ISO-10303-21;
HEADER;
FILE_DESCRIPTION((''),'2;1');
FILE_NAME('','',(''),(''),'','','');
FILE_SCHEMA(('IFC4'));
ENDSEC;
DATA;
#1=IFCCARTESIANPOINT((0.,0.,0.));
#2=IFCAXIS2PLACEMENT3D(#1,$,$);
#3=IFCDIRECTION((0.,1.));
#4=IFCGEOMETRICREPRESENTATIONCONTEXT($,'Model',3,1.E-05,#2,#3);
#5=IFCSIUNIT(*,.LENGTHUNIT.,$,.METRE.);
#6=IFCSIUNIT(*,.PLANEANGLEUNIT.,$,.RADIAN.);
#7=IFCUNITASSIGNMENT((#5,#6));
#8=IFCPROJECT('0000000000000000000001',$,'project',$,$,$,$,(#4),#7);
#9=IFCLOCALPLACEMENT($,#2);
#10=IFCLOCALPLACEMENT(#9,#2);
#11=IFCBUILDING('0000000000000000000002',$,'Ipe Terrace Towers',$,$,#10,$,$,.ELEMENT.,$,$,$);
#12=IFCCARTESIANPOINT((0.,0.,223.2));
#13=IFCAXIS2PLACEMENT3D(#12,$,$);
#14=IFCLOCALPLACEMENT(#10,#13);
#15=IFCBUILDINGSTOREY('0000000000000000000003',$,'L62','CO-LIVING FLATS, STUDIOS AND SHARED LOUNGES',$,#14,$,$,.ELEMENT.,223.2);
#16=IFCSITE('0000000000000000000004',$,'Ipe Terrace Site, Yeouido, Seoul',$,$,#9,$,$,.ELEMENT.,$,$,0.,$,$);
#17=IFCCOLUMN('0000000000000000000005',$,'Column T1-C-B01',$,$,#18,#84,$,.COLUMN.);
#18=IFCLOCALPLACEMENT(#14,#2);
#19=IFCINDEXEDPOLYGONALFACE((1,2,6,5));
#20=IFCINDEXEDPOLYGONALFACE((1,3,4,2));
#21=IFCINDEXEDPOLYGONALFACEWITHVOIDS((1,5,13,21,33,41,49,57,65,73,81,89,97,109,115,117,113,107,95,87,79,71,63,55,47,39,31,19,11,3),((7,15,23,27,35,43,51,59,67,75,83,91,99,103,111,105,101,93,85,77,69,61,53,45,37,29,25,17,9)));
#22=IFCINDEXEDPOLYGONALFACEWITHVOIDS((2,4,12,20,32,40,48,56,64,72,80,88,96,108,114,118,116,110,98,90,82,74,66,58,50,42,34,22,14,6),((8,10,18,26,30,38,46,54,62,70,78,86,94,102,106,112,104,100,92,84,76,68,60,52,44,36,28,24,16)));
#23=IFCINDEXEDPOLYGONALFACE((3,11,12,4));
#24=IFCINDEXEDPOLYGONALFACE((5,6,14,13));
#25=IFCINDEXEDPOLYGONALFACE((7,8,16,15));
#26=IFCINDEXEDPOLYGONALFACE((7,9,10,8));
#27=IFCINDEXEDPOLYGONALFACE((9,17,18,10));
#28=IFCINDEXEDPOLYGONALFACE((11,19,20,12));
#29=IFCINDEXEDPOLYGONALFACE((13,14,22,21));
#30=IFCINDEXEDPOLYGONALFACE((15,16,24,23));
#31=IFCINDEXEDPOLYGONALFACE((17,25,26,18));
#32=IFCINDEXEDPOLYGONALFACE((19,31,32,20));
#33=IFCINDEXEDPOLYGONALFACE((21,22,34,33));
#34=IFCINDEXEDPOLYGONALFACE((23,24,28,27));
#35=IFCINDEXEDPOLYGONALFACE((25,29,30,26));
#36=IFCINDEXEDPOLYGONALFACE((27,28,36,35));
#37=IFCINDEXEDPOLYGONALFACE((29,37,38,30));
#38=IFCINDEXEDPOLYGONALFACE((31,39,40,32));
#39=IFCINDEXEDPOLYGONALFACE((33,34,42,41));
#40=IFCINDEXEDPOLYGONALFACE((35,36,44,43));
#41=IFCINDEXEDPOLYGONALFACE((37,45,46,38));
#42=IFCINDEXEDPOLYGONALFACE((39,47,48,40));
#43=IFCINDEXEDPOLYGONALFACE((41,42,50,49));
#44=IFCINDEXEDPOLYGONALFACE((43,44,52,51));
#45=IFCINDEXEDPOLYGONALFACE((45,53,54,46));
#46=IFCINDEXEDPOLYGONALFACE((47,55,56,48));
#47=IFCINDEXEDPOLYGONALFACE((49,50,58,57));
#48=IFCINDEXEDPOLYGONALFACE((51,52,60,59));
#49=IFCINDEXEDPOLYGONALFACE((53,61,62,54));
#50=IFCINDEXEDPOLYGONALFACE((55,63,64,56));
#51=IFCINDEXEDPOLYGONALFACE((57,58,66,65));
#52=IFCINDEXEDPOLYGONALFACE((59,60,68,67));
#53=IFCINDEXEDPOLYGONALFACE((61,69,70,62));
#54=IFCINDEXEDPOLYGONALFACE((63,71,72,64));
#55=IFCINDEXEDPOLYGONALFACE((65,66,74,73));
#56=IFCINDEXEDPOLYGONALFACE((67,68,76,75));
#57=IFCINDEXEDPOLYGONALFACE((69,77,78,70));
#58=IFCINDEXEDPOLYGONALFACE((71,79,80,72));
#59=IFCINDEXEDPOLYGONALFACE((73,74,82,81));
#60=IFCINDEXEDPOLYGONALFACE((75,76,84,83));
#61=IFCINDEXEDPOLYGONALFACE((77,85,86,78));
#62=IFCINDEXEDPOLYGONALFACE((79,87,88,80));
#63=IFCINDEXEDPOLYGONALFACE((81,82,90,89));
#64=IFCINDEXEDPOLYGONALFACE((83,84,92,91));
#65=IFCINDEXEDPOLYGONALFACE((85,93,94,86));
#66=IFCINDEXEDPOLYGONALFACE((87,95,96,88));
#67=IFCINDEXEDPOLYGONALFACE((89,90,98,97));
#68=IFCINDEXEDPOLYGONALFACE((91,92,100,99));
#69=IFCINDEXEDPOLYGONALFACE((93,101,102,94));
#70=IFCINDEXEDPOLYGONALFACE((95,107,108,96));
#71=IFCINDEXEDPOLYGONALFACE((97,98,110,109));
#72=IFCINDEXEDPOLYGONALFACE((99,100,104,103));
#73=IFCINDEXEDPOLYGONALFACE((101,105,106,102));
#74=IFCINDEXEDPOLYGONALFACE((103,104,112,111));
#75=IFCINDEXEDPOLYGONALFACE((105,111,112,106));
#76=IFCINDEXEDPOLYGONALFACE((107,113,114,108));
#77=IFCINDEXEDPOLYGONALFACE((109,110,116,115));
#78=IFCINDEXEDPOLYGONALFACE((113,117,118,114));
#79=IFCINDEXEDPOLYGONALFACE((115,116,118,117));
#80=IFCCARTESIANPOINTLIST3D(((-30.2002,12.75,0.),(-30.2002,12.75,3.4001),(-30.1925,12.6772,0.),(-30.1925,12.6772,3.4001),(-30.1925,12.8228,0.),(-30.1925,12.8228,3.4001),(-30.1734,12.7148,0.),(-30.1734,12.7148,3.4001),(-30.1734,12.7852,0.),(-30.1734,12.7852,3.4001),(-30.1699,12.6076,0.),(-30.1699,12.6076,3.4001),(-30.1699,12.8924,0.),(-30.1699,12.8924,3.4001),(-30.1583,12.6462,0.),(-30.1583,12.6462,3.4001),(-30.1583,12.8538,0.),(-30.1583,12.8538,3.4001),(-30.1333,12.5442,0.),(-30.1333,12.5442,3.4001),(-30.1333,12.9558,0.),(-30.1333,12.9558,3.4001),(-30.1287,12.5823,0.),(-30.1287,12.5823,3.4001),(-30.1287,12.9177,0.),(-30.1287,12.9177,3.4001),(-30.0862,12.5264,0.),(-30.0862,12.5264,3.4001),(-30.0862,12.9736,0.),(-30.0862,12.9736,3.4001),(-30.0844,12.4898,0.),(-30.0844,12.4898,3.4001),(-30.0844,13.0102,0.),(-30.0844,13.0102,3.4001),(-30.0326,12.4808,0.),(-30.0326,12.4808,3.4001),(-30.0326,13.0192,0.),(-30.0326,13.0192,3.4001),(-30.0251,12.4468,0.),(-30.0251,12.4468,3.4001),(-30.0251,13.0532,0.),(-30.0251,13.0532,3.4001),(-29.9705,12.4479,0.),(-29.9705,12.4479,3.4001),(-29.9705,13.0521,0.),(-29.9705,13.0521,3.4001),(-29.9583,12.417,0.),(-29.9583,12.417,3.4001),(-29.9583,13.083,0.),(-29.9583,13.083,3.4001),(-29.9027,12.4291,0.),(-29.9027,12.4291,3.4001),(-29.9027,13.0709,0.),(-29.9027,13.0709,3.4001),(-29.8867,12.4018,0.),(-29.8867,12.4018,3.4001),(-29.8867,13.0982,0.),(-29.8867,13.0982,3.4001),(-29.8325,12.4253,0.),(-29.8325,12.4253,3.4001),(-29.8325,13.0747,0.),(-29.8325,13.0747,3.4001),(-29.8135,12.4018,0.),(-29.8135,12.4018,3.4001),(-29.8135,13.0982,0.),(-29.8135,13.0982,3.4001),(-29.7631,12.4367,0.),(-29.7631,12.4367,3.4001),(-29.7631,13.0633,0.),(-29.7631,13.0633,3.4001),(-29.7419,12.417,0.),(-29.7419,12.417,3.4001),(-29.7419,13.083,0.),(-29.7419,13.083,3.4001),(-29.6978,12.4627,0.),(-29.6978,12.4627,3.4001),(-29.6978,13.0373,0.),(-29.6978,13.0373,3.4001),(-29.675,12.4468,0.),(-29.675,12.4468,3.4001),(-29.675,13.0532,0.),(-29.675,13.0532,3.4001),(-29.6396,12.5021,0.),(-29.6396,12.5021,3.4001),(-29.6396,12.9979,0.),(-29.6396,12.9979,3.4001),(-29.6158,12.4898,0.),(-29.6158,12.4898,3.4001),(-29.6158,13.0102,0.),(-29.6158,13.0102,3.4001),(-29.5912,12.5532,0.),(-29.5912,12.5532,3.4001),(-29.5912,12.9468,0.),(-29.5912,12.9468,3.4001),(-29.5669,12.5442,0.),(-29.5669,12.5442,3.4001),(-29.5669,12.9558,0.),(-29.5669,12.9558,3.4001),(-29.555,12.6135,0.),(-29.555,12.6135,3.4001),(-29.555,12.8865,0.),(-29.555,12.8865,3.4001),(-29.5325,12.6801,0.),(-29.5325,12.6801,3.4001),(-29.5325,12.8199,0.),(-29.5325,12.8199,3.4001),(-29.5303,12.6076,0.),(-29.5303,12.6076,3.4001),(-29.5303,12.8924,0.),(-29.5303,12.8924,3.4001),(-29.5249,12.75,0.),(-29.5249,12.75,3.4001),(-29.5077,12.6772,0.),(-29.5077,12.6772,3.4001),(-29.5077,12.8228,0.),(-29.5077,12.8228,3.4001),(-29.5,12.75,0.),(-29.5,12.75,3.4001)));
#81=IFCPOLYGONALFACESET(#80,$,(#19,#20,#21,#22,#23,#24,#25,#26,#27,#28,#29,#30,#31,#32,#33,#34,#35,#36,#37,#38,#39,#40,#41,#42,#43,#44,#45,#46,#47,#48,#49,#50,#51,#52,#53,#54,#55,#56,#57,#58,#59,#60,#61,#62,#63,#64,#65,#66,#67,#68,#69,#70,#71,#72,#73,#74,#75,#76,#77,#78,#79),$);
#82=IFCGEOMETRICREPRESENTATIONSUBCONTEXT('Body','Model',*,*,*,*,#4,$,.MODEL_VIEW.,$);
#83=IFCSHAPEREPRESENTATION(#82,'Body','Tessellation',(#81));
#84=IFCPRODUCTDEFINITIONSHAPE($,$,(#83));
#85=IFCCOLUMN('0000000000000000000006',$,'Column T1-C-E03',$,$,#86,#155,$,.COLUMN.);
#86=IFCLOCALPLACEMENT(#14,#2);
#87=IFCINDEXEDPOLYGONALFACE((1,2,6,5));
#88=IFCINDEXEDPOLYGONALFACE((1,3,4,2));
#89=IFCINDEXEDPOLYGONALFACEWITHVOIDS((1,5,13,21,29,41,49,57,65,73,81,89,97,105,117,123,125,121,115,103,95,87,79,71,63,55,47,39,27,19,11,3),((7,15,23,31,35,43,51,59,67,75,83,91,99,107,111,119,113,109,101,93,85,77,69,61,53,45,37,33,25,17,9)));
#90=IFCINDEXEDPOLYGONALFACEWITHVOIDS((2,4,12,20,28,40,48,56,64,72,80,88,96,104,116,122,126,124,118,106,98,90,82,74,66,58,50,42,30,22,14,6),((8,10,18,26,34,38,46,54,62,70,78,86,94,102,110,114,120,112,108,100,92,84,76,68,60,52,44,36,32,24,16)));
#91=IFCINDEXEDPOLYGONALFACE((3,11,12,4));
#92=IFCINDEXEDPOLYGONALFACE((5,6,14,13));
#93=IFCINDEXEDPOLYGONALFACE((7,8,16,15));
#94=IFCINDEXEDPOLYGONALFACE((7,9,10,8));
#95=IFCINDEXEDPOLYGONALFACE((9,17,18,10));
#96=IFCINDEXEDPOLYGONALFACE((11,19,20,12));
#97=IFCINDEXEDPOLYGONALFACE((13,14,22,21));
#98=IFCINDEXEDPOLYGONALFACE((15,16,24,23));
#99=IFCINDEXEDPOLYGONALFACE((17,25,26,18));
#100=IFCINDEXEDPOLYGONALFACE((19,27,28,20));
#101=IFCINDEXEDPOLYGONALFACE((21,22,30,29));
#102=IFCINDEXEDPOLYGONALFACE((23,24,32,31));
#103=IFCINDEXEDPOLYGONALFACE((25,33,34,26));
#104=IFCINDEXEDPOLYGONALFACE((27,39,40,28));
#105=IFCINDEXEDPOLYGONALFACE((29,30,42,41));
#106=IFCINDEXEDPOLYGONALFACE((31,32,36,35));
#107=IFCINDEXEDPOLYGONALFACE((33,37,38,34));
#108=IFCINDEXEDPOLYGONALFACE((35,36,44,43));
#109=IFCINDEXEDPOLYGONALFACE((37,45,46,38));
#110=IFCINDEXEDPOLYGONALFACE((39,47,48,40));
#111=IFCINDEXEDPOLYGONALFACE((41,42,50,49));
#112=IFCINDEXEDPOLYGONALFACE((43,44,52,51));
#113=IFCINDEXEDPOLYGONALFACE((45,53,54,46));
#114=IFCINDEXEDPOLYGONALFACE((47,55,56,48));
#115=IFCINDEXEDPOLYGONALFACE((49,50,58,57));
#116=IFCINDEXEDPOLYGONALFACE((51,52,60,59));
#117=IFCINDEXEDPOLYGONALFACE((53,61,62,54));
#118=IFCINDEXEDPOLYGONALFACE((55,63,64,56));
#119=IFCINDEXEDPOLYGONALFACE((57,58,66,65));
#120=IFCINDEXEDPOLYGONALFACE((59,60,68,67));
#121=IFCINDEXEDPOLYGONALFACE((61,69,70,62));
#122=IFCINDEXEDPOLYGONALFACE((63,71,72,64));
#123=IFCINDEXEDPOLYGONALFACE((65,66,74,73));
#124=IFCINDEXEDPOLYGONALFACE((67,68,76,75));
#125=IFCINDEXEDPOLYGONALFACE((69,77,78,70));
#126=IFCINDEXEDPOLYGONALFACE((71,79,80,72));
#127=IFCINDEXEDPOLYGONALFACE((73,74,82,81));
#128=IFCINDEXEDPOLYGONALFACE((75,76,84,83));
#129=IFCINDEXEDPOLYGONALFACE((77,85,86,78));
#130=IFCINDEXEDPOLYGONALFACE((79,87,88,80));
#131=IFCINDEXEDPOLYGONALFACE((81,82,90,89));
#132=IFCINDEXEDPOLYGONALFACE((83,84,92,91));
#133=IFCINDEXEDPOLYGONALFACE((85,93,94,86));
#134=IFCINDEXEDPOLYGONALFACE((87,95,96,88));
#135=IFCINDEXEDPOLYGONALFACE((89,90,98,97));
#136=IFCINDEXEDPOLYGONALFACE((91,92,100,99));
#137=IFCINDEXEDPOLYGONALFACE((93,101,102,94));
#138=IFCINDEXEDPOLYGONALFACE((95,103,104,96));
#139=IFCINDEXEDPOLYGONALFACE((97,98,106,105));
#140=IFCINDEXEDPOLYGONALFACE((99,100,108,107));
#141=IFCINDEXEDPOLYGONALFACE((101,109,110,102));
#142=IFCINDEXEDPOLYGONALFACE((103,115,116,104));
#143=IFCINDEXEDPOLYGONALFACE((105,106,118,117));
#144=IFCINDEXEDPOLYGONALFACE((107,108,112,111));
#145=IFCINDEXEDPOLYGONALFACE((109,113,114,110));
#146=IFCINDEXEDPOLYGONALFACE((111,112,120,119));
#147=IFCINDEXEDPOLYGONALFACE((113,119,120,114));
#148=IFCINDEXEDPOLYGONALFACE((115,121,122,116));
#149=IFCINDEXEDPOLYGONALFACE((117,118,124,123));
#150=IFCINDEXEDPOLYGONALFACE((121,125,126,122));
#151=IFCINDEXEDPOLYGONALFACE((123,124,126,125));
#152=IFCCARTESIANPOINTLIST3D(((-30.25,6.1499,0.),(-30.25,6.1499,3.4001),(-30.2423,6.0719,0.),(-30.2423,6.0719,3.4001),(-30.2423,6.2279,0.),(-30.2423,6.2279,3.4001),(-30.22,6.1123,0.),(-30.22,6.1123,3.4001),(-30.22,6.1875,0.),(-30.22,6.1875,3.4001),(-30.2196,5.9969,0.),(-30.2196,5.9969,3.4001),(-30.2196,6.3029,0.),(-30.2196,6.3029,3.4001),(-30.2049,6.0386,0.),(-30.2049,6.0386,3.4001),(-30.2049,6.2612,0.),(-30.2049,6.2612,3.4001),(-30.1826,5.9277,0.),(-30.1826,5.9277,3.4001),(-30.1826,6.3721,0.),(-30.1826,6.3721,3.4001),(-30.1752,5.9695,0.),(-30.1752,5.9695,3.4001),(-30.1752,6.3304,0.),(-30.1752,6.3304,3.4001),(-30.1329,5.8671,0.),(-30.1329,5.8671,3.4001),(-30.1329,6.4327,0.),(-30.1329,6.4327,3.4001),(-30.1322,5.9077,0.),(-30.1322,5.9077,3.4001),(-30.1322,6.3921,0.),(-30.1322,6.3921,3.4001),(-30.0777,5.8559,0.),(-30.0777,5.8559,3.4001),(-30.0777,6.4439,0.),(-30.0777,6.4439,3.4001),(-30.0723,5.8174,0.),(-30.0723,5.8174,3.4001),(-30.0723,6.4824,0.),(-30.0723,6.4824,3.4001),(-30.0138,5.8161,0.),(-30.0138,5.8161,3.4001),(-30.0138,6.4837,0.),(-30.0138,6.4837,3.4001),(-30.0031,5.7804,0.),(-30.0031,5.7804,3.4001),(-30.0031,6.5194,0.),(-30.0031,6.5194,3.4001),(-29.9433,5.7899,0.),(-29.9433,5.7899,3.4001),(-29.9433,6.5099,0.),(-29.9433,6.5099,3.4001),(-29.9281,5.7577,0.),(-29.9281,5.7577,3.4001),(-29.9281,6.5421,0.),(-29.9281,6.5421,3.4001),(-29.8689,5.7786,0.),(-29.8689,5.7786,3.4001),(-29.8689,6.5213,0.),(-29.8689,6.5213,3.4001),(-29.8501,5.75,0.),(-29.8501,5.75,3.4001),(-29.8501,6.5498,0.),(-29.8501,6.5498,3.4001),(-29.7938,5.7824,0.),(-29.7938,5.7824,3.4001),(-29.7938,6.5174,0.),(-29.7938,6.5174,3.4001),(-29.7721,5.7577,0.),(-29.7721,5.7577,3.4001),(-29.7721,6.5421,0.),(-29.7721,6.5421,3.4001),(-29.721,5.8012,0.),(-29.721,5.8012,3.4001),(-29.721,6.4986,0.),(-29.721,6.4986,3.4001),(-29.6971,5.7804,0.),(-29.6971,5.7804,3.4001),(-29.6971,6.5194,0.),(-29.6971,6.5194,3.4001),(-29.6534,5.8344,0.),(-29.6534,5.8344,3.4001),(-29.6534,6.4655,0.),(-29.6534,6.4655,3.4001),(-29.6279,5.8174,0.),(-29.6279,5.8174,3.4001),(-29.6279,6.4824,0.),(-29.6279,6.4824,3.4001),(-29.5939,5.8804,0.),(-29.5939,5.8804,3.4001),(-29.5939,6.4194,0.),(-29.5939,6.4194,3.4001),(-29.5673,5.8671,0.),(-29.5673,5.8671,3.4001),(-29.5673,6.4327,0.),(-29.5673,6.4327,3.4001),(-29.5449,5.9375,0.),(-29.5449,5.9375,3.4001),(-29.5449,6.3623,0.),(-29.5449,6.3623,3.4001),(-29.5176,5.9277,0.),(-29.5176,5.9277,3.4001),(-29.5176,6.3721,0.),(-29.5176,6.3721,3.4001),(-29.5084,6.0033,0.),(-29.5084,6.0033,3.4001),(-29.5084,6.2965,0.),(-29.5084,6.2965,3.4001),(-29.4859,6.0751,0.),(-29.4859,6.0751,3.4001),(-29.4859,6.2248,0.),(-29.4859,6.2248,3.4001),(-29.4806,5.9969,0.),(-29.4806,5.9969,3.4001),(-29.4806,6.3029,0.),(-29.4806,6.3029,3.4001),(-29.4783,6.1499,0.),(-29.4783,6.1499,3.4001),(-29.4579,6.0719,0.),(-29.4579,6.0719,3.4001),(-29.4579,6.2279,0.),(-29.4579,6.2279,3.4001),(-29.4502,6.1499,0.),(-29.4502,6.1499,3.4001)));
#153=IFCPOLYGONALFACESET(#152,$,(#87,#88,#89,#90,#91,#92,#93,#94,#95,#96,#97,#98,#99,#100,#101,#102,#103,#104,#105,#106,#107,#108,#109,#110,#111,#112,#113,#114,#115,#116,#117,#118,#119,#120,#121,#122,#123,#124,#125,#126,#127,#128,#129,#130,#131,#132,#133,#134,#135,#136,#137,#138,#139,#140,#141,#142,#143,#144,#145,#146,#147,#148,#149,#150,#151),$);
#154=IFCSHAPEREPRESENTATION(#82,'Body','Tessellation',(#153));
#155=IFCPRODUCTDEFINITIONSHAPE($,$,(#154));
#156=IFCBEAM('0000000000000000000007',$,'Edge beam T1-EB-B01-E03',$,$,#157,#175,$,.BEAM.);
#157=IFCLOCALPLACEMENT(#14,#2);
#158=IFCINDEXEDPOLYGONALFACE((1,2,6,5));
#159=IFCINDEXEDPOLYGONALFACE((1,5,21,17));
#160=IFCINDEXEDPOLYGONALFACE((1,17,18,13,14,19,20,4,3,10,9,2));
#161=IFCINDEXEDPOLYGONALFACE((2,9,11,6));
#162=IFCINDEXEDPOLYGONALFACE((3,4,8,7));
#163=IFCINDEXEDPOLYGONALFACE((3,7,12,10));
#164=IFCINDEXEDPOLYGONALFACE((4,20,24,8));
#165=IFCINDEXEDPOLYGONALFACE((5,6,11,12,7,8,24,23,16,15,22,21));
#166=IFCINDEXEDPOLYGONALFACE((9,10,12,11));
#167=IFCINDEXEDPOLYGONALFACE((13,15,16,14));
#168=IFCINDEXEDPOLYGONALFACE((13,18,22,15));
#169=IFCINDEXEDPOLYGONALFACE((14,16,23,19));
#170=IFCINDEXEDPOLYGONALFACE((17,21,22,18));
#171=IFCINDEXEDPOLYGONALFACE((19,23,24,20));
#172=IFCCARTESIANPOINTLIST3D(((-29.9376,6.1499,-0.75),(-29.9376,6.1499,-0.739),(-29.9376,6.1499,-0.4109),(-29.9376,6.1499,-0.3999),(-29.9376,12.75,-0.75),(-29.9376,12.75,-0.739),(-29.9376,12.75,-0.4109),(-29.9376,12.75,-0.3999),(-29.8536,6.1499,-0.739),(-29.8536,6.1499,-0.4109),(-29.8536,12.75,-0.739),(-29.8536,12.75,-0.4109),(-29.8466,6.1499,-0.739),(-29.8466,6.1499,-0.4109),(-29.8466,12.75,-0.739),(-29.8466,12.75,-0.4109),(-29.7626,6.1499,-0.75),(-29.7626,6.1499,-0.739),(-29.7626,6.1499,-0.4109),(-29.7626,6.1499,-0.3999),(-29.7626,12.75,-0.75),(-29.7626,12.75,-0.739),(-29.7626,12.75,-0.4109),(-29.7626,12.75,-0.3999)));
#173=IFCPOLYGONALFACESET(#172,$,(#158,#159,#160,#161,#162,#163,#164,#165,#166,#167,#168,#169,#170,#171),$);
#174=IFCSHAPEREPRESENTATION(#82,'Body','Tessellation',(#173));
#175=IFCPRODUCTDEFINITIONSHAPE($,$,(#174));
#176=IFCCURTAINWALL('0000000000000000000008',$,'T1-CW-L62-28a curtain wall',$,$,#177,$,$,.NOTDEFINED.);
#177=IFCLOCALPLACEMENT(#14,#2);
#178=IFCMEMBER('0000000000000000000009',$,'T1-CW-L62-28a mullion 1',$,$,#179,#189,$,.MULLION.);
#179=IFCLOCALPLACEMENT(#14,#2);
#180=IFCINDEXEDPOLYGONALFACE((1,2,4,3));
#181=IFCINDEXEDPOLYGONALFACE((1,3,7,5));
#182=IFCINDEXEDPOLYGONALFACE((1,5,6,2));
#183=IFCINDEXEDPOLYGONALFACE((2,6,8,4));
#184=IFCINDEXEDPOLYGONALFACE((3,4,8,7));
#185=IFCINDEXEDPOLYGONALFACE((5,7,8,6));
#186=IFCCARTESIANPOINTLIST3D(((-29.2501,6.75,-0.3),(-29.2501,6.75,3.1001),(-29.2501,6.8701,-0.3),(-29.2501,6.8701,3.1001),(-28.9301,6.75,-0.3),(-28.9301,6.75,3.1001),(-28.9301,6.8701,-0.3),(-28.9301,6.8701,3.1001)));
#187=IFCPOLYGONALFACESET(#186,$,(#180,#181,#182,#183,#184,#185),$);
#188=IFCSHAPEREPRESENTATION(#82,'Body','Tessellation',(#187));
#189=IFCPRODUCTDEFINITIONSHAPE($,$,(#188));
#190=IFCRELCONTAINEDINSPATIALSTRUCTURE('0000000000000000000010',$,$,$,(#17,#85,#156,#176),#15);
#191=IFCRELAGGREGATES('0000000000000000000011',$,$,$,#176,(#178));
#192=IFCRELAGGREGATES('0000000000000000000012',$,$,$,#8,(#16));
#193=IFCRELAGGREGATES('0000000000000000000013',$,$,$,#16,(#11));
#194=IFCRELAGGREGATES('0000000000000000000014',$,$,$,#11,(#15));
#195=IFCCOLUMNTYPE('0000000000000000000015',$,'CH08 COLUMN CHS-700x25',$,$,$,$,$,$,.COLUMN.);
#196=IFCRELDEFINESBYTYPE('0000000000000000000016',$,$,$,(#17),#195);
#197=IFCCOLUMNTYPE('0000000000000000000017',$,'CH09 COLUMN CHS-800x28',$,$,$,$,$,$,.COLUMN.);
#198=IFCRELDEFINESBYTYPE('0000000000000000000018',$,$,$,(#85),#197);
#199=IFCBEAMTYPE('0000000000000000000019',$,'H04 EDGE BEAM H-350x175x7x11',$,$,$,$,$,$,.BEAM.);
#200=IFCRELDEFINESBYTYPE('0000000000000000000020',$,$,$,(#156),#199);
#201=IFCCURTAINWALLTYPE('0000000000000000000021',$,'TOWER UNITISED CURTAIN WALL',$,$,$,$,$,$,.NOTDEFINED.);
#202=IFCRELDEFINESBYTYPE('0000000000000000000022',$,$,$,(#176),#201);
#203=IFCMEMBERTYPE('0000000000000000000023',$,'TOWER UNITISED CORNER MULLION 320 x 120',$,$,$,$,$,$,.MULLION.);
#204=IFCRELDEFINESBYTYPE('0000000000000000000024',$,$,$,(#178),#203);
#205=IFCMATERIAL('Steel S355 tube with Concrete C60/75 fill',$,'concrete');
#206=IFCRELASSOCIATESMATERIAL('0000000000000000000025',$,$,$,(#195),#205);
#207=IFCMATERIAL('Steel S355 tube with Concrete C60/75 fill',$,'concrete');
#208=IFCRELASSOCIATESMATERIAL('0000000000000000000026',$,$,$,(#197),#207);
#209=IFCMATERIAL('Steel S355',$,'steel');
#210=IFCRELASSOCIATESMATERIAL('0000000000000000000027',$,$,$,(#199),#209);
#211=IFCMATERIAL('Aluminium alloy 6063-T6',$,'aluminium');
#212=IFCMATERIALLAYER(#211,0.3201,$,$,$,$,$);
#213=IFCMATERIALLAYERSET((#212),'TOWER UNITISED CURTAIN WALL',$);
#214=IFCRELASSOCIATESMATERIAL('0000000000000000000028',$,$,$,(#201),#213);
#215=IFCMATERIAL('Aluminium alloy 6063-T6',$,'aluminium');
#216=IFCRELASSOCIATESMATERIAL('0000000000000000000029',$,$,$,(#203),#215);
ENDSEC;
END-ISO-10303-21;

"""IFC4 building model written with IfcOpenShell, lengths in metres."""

from ifc_helpers import new_model, si_unit, direction, frame, origin, origin_2d, place, context, subcontext, project, spatial, rectangle, hollow_circle, i_section, extrude, material, layer, layer_set, material_profile, profile_set, type_object, element, aggregate, save


model = new_model("IFC4")

# Units and contexts
model_context = context("Model", 3, precision=1e-05, world=origin(), true_north=direction((0.0, 1.0)))
body_context = subcontext(model_context, "Body", "Model", "MODEL_VIEW")
ifc_project = project(units=[si_unit("LENGTHUNIT", "METRE"), si_unit("PLANEANGLEUNIT", "RADIAN")], contexts=[model_context])

# Site, building, storey
site_placement = place(None, origin())
site = spatial("IfcSite", under=ifc_project, at=site_placement, Name="Ipe Terrace Site, Yeouido, Seoul", CompositionType="ELEMENT", RefElevation=0.0)
building_placement = place(site_placement, origin())
building = spatial("IfcBuilding", under=site, at=building_placement, Name="Ipe Terrace Towers", CompositionType="ELEMENT")
storey_placement = place(building_placement, frame((0.0, 0.0, 223.2)))
storey = spatial("IfcBuildingStorey", under=building, at=storey_placement, Name="L62", Description="CO-LIVING FLATS, STUDIOS AND SHARED LOUNGES", CompositionType="ELEMENT", Elevation=223.2)

# Columns
ifc_material_1 = material(Name="Steel S355 tube with Concrete C60/75 fill", Category="concrete")
ifc_material_profile_1 = material_profile(ifc_material_1, hollow_circle(Radius=0.3501, WallThickness=0.0249, at=origin_2d()), Name="CHS-700x25")
ifc_profile_set_1 = profile_set([ifc_material_profile_1], Name="Steel S355 tube with Concrete C60/75 fill")
column_type_1 = type_object("IfcColumnType", Name="CH08 COLUMN CHS-700x25", PredefinedType="COLUMN", material=ifc_profile_set_1)
column_1_placement = place(storey_placement, frame((-29.8501, 12.75, 0.0), z_axis=(0.0, 0.0, 1.0), x_axis=(1.0, 0.0, 0.0)))
element("IfcColumn", 1, at=column_1_placement, inside=storey, type_object=column_type_1, Name="Column T1-C-B01", PredefinedType="COLUMN", context=body_context, shape_type="SweptSolid", body=[
    extrude(hollow_circle(Radius=0.3501, WallThickness=0.0249, at=origin_2d()), origin(), (0.0, 0.0, 1.0), 3.4001),
])
ifc_material_2 = material(Name="Steel S355 tube with Concrete C60/75 fill", Category="concrete")
ifc_material_profile_2 = material_profile(ifc_material_2, hollow_circle(Radius=0.3999, WallThickness=0.0281, at=origin_2d()), Name="CHS-800x28")
ifc_profile_set_2 = profile_set([ifc_material_profile_2], Name="Steel S355 tube with Concrete C60/75 fill")
column_type_2 = type_object("IfcColumnType", Name="CH09 COLUMN CHS-800x28", PredefinedType="COLUMN", material=ifc_profile_set_2)
column_2_placement = place(storey_placement, frame((-29.8501, 6.1499, 0.0), z_axis=(0.0, 0.0, 1.0), x_axis=(1.0, 0.0, 0.0)))
element("IfcColumn", 2, at=column_2_placement, inside=storey, type_object=column_type_2, Name="Column T1-C-E03", PredefinedType="COLUMN", context=body_context, shape_type="SweptSolid", body=[
    extrude(hollow_circle(Radius=0.3999, WallThickness=0.0281, at=origin_2d()), origin(), (0.0, 0.0, 1.0), 3.4001),
])

# Beam
ifc_material_3 = material(Name="Steel S355", Category="steel")
ifc_material_profile_3 = material_profile(ifc_material_3, i_section(OverallWidth=0.175, OverallDepth=0.3501, WebThickness=0.0071, FlangeThickness=0.011, at=origin_2d()), Name="H-350x175x7x11")
ifc_profile_set_3 = profile_set([ifc_material_profile_3], Name="Steel S355")
beam_type = type_object("IfcBeamType", Name="H04 EDGE BEAM H-350x175x7x11", PredefinedType="BEAM", material=ifc_profile_set_3)
beam_placement = place(storey_placement, frame((-29.8501, 12.75, -0.575), z_axis=(0.0, -1.0, 0.0), x_axis=(1.0, 0.0, 0.0)))
element("IfcBeam", 3, at=beam_placement, inside=storey, type_object=beam_type, Name="Edge beam T1-EB-B01-E03", PredefinedType="BEAM", context=body_context, shape_type="SweptSolid", body=[
    extrude(i_section(OverallWidth=0.175, OverallDepth=0.3501, WebThickness=0.0071, FlangeThickness=0.011, at=origin_2d()), origin(), (0.0, 0.0, 1.0), 6.6001),
])

# Curtain wall, member
ifc_material_4 = material(Name="Aluminium alloy 6063-T6", Category="aluminium")
ifc_layer_1 = layer(ifc_material_4, 0.3201)
ifc_layer_set_1 = layer_set([ifc_layer_1], Name="TOWER UNITISED CURTAIN WALL")
curtain_wall_type = type_object("IfcCurtainWallType", Name="TOWER UNITISED CURTAIN WALL", PredefinedType="NOTDEFINED", material=ifc_layer_set_1)
curtain_wall_1_placement = place(storey_placement, origin())
curtain_wall_1 = element("IfcCurtainWall", 4, at=curtain_wall_1_placement, inside=storey, type_object=curtain_wall_type, Name="T1-CW-L62-28a curtain wall", PredefinedType="NOTDEFINED")
ifc_material_5 = material(Name="Aluminium alloy 6063-T6", Category="aluminium")
ifc_material_profile_4 = material_profile(ifc_material_5, rectangle(XDim=0.3201, YDim=0.1201, at=origin_2d()), Name="TOWER UNITISED CORNER MULLION 320 x 120")
ifc_profile_set_4 = profile_set([ifc_material_profile_4], Name="Aluminium alloy 6063-T6")
member_type = type_object("IfcMemberType", Name="TOWER UNITISED CORNER MULLION 320 x 120", PredefinedType="MULLION", material=ifc_profile_set_4)
member_1_placement = place(storey_placement, frame((-29.0901, 6.8101, -0.3), z_axis=(0.0, 0.0, 1.0), x_axis=(1.0, 0.0, 0.0)))
member_1 = element("IfcMember", 5, at=member_1_placement, type_object=member_type, Name="T1-CW-L62-28a mullion 1", PredefinedType="MULLION", context=body_context, shape_type="SweptSolid", body=[
    extrude(rectangle(XDim=0.3201, YDim=0.1201, at=origin_2d()), origin(), (0.0, 0.0, 1.0), 3.4001),
])

aggregate(curtain_wall_1, [member_1])

save(model, "model.ifc")
